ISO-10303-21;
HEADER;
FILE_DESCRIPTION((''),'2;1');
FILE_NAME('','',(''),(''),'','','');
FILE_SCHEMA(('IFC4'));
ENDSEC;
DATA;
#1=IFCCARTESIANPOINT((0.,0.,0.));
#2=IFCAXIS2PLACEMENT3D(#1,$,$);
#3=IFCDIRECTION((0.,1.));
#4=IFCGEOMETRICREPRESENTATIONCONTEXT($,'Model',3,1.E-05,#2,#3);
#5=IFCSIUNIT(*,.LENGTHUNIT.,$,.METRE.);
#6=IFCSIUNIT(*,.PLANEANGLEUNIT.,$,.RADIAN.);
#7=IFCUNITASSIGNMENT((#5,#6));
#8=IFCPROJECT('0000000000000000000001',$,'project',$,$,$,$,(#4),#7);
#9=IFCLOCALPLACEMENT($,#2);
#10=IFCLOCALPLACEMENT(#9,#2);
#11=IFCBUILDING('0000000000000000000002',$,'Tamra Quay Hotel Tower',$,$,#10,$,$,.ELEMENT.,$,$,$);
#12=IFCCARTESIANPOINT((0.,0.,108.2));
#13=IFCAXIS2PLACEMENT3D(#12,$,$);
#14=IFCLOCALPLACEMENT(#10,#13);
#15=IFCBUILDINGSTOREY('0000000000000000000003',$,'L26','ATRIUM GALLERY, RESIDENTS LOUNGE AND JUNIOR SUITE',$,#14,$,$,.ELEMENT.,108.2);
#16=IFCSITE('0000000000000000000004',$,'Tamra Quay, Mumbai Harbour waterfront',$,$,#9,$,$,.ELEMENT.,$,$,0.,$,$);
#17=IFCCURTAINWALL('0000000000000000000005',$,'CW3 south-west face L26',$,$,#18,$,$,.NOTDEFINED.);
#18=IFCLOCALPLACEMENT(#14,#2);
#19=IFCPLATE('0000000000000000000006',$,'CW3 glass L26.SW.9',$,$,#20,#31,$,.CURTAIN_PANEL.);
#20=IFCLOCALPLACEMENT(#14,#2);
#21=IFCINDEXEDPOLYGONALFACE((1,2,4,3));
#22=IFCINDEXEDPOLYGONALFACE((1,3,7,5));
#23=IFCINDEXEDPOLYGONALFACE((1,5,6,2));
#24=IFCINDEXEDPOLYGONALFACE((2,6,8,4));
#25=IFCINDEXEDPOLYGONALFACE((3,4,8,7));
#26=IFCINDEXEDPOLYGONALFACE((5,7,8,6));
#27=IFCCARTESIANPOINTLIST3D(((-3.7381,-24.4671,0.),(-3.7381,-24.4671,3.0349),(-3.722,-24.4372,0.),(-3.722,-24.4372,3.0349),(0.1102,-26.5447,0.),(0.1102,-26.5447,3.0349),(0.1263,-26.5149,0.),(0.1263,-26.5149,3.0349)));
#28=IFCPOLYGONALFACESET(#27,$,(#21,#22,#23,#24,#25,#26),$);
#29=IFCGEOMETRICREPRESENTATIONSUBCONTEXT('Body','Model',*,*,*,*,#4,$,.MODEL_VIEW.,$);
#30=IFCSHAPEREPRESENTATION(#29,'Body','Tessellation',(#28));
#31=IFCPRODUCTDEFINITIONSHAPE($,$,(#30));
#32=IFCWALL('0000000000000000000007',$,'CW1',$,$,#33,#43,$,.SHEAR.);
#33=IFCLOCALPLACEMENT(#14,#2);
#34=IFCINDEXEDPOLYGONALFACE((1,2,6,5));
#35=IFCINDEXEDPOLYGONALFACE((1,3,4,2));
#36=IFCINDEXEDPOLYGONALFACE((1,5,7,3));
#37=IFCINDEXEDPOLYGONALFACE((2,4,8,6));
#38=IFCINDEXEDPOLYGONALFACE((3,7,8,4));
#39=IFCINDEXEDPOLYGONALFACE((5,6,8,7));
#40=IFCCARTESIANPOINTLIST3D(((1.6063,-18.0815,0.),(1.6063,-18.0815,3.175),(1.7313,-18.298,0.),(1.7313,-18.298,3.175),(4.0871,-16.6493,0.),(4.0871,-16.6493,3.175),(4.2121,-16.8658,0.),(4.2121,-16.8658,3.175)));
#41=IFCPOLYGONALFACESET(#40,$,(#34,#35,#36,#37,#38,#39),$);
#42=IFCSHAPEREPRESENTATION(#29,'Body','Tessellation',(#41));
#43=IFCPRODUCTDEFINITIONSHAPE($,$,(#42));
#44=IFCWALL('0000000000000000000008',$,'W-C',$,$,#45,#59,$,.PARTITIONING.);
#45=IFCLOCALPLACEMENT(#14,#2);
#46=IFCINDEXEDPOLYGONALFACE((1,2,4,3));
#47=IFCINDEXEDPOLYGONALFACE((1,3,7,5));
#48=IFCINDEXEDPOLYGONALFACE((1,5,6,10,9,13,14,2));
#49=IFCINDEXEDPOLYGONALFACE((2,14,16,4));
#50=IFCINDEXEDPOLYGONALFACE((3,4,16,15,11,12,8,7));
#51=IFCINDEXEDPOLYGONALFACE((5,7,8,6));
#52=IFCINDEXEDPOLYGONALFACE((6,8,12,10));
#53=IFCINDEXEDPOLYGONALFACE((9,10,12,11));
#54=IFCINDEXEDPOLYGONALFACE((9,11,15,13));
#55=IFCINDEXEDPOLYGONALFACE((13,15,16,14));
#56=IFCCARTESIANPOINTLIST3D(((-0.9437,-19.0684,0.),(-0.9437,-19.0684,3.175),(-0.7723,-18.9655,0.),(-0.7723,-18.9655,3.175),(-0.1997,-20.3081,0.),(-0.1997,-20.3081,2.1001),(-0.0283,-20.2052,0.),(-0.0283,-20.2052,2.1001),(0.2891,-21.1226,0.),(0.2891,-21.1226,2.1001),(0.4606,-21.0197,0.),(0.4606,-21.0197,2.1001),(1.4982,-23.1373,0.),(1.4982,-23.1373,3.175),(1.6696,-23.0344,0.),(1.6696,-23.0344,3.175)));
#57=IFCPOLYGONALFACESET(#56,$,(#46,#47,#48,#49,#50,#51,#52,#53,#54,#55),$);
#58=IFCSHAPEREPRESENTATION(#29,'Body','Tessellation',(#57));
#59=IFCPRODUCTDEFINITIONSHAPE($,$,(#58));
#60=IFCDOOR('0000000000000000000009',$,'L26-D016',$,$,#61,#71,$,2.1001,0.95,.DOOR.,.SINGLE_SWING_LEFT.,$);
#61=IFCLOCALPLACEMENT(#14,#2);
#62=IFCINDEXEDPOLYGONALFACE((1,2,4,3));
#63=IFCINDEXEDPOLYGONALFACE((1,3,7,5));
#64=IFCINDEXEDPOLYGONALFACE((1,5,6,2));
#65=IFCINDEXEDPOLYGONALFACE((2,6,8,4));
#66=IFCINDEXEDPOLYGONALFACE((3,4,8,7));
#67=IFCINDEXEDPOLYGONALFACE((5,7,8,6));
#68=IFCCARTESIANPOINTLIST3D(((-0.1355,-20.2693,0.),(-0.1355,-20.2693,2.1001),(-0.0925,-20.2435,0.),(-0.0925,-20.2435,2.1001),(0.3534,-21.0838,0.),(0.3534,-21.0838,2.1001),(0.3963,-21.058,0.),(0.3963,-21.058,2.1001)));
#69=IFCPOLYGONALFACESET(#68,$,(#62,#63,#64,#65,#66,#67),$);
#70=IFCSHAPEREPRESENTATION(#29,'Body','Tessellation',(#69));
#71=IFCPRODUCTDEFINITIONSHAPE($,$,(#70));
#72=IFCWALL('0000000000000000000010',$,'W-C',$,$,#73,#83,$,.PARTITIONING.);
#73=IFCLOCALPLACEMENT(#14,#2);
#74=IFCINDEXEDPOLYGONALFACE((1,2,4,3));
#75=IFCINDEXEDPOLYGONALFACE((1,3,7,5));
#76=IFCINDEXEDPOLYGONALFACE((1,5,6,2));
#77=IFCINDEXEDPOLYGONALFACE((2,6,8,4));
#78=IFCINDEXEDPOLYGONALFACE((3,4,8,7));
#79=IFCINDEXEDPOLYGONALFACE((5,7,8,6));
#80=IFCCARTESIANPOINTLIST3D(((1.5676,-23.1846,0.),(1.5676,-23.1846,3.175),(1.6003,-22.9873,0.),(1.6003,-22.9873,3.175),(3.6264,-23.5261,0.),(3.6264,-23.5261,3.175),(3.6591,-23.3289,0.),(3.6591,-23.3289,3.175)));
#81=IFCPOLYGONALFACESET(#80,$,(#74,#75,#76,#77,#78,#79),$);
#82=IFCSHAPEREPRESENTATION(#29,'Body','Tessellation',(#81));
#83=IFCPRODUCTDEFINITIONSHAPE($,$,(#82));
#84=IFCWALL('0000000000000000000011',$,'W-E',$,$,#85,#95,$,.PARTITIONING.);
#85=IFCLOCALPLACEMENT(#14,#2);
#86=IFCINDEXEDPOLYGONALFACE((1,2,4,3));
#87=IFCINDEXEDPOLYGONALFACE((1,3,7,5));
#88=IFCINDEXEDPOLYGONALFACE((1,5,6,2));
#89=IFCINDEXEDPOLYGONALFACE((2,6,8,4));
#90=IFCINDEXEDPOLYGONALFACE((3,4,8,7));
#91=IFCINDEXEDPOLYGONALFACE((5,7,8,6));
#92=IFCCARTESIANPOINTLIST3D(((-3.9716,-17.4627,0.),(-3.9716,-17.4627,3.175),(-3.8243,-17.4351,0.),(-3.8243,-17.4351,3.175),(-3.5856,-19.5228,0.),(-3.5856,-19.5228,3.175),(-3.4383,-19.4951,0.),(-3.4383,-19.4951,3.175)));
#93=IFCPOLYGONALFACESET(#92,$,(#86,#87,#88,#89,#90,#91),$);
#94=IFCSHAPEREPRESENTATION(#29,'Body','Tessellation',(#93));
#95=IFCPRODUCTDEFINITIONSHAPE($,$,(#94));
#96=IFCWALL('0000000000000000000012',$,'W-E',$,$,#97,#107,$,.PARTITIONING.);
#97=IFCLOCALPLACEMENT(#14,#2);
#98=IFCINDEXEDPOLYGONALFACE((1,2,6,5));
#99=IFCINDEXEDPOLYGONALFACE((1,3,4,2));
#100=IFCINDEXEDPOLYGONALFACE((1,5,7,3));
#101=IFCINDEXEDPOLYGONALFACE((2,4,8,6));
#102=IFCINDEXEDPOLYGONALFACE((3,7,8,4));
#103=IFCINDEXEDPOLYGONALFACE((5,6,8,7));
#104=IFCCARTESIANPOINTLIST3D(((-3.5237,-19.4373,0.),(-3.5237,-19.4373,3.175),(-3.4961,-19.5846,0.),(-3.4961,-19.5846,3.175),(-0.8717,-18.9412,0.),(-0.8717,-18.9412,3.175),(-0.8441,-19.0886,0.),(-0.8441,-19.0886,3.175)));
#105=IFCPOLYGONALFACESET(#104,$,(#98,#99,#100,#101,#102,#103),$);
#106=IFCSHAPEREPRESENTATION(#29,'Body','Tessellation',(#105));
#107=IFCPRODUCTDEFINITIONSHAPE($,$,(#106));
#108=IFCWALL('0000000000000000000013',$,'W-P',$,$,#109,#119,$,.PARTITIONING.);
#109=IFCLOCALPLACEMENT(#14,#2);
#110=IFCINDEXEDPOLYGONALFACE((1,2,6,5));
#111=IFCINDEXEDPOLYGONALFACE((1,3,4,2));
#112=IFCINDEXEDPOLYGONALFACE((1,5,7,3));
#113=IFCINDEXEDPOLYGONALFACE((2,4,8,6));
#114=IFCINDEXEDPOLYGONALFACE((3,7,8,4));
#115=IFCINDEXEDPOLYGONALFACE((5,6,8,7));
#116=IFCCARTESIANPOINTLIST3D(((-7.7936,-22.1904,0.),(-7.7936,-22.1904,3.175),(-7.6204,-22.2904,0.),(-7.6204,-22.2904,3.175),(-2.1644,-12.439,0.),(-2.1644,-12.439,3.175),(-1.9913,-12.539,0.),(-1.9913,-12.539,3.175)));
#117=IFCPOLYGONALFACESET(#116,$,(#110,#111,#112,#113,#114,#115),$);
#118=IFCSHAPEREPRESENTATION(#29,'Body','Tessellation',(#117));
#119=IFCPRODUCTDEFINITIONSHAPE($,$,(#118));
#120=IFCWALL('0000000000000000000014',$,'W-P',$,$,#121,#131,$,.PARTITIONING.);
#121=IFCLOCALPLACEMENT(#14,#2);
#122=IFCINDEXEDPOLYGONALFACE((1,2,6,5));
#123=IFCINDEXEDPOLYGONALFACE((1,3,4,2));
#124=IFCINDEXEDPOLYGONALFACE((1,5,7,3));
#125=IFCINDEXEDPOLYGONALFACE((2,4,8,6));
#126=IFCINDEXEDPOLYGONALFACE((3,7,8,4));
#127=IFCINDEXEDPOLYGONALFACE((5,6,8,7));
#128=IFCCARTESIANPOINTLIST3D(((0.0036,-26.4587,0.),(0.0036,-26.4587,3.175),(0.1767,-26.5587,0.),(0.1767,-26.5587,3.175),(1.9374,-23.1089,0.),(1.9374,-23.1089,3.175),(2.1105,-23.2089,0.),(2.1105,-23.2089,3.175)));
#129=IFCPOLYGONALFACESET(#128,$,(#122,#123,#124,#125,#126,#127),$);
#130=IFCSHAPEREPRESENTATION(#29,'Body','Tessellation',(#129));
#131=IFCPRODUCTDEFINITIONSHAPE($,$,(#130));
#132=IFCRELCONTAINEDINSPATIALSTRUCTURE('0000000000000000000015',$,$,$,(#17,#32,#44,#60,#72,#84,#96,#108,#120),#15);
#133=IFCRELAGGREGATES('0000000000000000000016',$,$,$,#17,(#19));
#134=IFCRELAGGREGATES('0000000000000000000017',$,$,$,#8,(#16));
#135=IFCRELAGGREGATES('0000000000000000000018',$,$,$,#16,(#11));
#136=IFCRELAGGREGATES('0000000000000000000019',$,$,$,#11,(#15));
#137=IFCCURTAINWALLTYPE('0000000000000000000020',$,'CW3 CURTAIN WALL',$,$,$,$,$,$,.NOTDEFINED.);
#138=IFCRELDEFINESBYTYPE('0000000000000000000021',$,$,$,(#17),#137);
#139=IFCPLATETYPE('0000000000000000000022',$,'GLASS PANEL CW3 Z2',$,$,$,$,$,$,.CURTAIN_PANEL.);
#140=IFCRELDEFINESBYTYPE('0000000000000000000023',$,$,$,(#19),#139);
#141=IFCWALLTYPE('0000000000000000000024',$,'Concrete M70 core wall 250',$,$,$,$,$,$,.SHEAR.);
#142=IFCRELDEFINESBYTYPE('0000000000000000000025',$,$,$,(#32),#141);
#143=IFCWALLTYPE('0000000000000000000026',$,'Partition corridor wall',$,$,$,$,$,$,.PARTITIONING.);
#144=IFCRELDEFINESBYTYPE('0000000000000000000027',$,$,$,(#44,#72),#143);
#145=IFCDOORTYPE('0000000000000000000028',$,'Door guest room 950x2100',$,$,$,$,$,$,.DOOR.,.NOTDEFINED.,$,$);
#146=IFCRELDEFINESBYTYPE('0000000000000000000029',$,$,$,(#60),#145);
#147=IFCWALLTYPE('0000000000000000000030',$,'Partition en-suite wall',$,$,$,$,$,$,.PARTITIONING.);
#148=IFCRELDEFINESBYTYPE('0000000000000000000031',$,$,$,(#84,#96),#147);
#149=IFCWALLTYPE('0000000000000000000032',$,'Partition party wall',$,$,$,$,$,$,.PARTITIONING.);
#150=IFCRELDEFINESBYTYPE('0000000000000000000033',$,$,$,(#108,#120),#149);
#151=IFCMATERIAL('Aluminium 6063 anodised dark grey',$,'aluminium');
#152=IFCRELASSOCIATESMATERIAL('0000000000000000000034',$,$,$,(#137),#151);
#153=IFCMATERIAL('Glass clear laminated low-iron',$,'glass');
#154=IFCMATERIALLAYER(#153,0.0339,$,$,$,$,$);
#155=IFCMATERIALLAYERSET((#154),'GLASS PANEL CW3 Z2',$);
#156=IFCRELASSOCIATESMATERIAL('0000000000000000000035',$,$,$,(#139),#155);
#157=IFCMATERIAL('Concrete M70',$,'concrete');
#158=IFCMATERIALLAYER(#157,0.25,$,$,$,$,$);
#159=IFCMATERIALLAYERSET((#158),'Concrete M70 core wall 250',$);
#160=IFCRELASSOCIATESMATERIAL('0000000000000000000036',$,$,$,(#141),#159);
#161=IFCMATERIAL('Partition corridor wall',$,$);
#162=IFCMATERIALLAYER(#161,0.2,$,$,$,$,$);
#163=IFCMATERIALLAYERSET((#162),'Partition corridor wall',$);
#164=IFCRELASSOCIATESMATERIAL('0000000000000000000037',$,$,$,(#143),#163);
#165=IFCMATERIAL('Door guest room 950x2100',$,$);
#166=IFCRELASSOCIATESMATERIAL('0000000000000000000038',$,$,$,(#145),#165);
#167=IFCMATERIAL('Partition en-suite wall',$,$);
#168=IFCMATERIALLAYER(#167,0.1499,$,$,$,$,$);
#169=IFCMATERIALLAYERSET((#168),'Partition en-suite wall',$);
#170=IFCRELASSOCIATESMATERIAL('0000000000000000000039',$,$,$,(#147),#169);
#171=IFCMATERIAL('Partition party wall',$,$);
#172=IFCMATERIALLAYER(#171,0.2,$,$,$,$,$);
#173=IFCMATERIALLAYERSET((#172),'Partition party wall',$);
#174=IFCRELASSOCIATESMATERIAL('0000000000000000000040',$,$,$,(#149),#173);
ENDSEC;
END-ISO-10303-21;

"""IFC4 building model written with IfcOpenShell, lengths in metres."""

from ifc_helpers import new_model, si_unit, direction, frame, frame_2d, origin, origin_2d, place, context, subcontext, project, spatial, rectangle, extrude, material, layer, layer_set, type_object, element, fill, aggregate, save


model = new_model("IFC4")

# Units and contexts
model_context = context("Model", 3, precision=1e-05, world=origin(), true_north=direction((0.0, 1.0)))
body_context = subcontext(model_context, "Body", "Model", "MODEL_VIEW")
ifc_project = project(units=[si_unit("LENGTHUNIT", "METRE"), si_unit("PLANEANGLEUNIT", "RADIAN")], contexts=[model_context])

# Site, building, storey
site_placement = place(None, origin())
site = spatial("IfcSite", under=ifc_project, at=site_placement, Name="Tamra Quay, Mumbai Harbour waterfront", CompositionType="ELEMENT", RefElevation=0.0)
building_placement = place(site_placement, origin())
building = spatial("IfcBuilding", under=site, at=building_placement, Name="Tamra Quay Hotel Tower", CompositionType="ELEMENT")
storey_placement = place(building_placement, frame((0.0, 0.0, 108.2)))
storey = spatial("IfcBuildingStorey", under=building, at=storey_placement, Name="L26", Description="ATRIUM GALLERY, RESIDENTS LOUNGE AND JUNIOR SUITE", CompositionType="ELEMENT", Elevation=108.2)

# Shared definitions
ifc_material_1 = material(Name="Concrete M70", Category="concrete")

# Curtain wall
ifc_material_2 = material(Name="Aluminium 6063 anodised dark grey", Category="aluminium")
curtain_wall_type = type_object("IfcCurtainWallType", Name="CW3 CURTAIN WALL", PredefinedType="NOTDEFINED", material=ifc_material_2)
curtain_wall_placement = place(storey_placement, origin())
curtain_wall = element("IfcCurtainWall", 1, at=curtain_wall_placement, inside=storey, type_object=curtain_wall_type, Name="CW3 south-west face L26", PredefinedType="NOTDEFINED")

# Plate
ifc_material_3 = material(Name="Glass clear laminated low-iron", Category="glass")
ifc_layer_1 = layer(ifc_material_3, 0.0339)
ifc_layer_set_1 = layer_set([ifc_layer_1], Name="GLASS PANEL CW3 Z2")
plate_type = type_object("IfcPlateType", Name="GLASS PANEL CW3 Z2", PredefinedType="CURTAIN_PANEL", material=ifc_layer_set_1)
plate_1_placement = place(storey_placement, frame((-1.8059, -25.491, 0.0), z_axis=(0.0, 0.0, 1.0), x_axis=(0.879946, -0.475074, 0.0)))
plate_1 = element("IfcPlate", 2, at=plate_1_placement, type_object=plate_type, Name="CW3 glass L26.SW.9", PredefinedType="CURTAIN_PANEL", context=body_context, shape_type="SweptSolid", body=[
    extrude(rectangle(XDim=4.3733, YDim=0.0339, at=origin_2d()), origin(), (0.0, 0.0, 1.0), 3.0349),
])
aggregate(curtain_wall, [plate_1])

# Wall
ifc_layer_2 = layer(ifc_material_1, 0.25)
ifc_layer_set_2 = layer_set([ifc_layer_2], Name="Concrete M70 core wall 250")
wall_type_1 = type_object("IfcWallType", Name="Concrete M70 core wall 250", PredefinedType="SHEAR", material=ifc_layer_set_2)
wall_1_placement = place(storey_placement, frame((1.6689, -18.1897, 0.0), z_axis=(0.0, 0.0, 1.0), x_axis=(0.866042, 0.499971, 0.0)))
element("IfcWall", 3, at=wall_1_placement, inside=storey, type_object=wall_type_1, Name="CW1", PredefinedType="SHEAR", context=body_context, shape_type="SweptSolid", body=[
    extrude(rectangle(XDim=2.8645, YDim=0.25, at=frame_2d((1.4321, 0.0))), origin(), (0.0, 0.0, 1.0), 3.175),
])

# Wall, opening, door
ifc_material_4 = material(Name="Partition corridor wall")
ifc_layer_3 = layer(ifc_material_4, 0.2)
ifc_layer_set_3 = layer_set([ifc_layer_3], Name="Partition corridor wall")
wall_type_2 = type_object("IfcWallType", Name="Partition corridor wall", PredefinedType="PARTITIONING", material=ifc_layer_set_3)
wall_2_placement = place(storey_placement, frame((-0.8579, -19.0171, 0.0), z_axis=(0.0, 0.0, 1.0), x_axis=(0.514587, -0.857438, 0.0)))
wall_2 = element("IfcWall", 4, at=wall_2_placement, inside=storey, type_object=wall_type_2, Name="W-C", PredefinedType="PARTITIONING", context=body_context, shape_type="SweptSolid", body=[
    extrude(rectangle(XDim=4.7454, YDim=0.2, at=frame_2d((2.3726, 0.0))), origin(), (0.0, 0.0, 1.0), 3.175),
])
opening_placement = place(wall_2_placement, frame((1.4456, 0.0, 0.0)))
opening = element("IfcOpeningElement", 5, at=opening_placement, cuts=wall_2, PredefinedType="OPENING", context=body_context, shape_type="SweptSolid", body=[
    extrude(rectangle(XDim=0.95, YDim=2.1001, at=frame_2d((0.4751, 1.05))), frame((0.0, 0.1099, 0.0), z_axis=(0.0, -1.0, 0.0), x_axis=(1.0, 0.0, 0.0)), (0.0, 0.0, 1.0), 0.22),
])
ifc_material_5 = material(Name="Door guest room 950x2100")
door_type = type_object("IfcDoorType", Name="Door guest room 950x2100", OperationType="NOTDEFINED", PredefinedType="DOOR", material=ifc_material_5)
door_placement = place(opening_placement, frame((0.95, 0.0, 0.0), z_axis=(0.0, 0.0, 1.0), x_axis=(-1.0, 0.0, 0.0)))
door = element("IfcDoor", 6, at=door_placement, inside=storey, type_object=door_type, Name="L26-D016", OperationType="SINGLE_SWING_LEFT", OverallHeight=2.1001, OverallWidth=0.95, PredefinedType="DOOR", context=body_context, shape_type="SweptSolid", body=[
    extrude(rectangle(XDim=0.95, YDim=2.1001, at=frame_2d((0.4751, 1.05))), frame((0.0, 0.0249, 0.0), z_axis=(0.0, -1.0, 0.0), x_axis=(1.0, 0.0, 0.0)), (0.0, 0.0, 1.0), 0.05),
])
fill(opening, door)

# Walls
wall_3_placement = place(storey_placement, frame((1.584, -23.0859, 0.0), z_axis=(0.0, 0.0, 1.0), x_axis=(0.986517, -0.163659, 0.0)))
element("IfcWall", 7, at=wall_3_placement, inside=storey, type_object=wall_type_2, Name="W-C", PredefinedType="PARTITIONING", context=body_context, shape_type="SweptSolid", body=[
    extrude(rectangle(XDim=2.0869, YDim=0.2, at=frame_2d((1.0435, 0.0))), origin(), (0.0, 0.0, 1.0), 3.175),
])
ifc_material_6 = material(Name="Partition en-suite wall")
ifc_layer_4 = layer(ifc_material_6, 0.1499)
ifc_layer_set_4 = layer_set([ifc_layer_4], Name="Partition en-suite wall")
wall_type_3 = type_object("IfcWallType", Name="Partition en-suite wall", PredefinedType="PARTITIONING", material=ifc_layer_set_4)
wall_4_placement = place(storey_placement, frame((-3.8979, -17.449, 0.0), z_axis=(0.0, 0.0, 1.0), x_axis=(0.184162, -0.982896, 0.0)))
element("IfcWall", 8, at=wall_4_placement, inside=storey, type_object=wall_type_3, Name="W-E", PredefinedType="PARTITIONING", context=body_context, shape_type="SweptSolid", body=[
    extrude(rectangle(XDim=2.0959, YDim=0.1499, at=frame_2d((1.0479, 0.0))), origin(), (0.0, 0.0, 1.0), 3.175),
])
wall_5_placement = place(storey_placement, frame((-3.51, -19.511, 0.0), z_axis=(0.0, 0.0, 1.0), x_axis=(0.982951, 0.183868, 0.0)))
element("IfcWall", 9, at=wall_5_placement, inside=storey, type_object=wall_type_3, Name="W-E", PredefinedType="PARTITIONING", context=body_context, shape_type="SweptSolid", body=[
    extrude(rectangle(XDim=2.698, YDim=0.1499, at=frame_2d((1.3491, 0.0))), origin(), (0.0, 0.0, 1.0), 3.175),
])
ifc_material_7 = material(Name="Partition party wall")
ifc_layer_5 = layer(ifc_material_7, 0.2)
ifc_layer_set_5 = layer_set([ifc_layer_5], Name="Partition party wall")
wall_type_4 = type_object("IfcWallType", Name="Partition party wall", PredefinedType="PARTITIONING", material=ifc_layer_set_5)
wall_6_placement = place(storey_placement, frame((-7.707, -22.2405, 0.0), z_axis=(0.0, 0.0, 1.0), x_axis=(0.499943, 0.866058, 0.0)))
element("IfcWall", 10, at=wall_6_placement, inside=storey, type_object=wall_type_4, Name="W-P", PredefinedType="PARTITIONING", context=body_context, shape_type="SweptSolid", body=[
    extrude(rectangle(XDim=11.2595, YDim=0.2, at=frame_2d((5.6299, 0.0))), origin(), (0.0, 0.0, 1.0), 3.175),
])
wall_7_placement = place(storey_placement, frame((0.0901, -26.5088, 0.0), z_axis=(0.0, 0.0, 1.0), x_axis=(0.499961, 0.866048, 0.0)))
element("IfcWall", 11, at=wall_7_placement, inside=storey, type_object=wall_type_4, Name="W-P", PredefinedType="PARTITIONING", context=body_context, shape_type="SweptSolid", body=[
    extrude(rectangle(XDim=3.8679, YDim=0.2, at=frame_2d((1.9341, 0.0))), origin(), (0.0, 0.0, 1.0), 3.175),
])

save(model, "model.ifc")
